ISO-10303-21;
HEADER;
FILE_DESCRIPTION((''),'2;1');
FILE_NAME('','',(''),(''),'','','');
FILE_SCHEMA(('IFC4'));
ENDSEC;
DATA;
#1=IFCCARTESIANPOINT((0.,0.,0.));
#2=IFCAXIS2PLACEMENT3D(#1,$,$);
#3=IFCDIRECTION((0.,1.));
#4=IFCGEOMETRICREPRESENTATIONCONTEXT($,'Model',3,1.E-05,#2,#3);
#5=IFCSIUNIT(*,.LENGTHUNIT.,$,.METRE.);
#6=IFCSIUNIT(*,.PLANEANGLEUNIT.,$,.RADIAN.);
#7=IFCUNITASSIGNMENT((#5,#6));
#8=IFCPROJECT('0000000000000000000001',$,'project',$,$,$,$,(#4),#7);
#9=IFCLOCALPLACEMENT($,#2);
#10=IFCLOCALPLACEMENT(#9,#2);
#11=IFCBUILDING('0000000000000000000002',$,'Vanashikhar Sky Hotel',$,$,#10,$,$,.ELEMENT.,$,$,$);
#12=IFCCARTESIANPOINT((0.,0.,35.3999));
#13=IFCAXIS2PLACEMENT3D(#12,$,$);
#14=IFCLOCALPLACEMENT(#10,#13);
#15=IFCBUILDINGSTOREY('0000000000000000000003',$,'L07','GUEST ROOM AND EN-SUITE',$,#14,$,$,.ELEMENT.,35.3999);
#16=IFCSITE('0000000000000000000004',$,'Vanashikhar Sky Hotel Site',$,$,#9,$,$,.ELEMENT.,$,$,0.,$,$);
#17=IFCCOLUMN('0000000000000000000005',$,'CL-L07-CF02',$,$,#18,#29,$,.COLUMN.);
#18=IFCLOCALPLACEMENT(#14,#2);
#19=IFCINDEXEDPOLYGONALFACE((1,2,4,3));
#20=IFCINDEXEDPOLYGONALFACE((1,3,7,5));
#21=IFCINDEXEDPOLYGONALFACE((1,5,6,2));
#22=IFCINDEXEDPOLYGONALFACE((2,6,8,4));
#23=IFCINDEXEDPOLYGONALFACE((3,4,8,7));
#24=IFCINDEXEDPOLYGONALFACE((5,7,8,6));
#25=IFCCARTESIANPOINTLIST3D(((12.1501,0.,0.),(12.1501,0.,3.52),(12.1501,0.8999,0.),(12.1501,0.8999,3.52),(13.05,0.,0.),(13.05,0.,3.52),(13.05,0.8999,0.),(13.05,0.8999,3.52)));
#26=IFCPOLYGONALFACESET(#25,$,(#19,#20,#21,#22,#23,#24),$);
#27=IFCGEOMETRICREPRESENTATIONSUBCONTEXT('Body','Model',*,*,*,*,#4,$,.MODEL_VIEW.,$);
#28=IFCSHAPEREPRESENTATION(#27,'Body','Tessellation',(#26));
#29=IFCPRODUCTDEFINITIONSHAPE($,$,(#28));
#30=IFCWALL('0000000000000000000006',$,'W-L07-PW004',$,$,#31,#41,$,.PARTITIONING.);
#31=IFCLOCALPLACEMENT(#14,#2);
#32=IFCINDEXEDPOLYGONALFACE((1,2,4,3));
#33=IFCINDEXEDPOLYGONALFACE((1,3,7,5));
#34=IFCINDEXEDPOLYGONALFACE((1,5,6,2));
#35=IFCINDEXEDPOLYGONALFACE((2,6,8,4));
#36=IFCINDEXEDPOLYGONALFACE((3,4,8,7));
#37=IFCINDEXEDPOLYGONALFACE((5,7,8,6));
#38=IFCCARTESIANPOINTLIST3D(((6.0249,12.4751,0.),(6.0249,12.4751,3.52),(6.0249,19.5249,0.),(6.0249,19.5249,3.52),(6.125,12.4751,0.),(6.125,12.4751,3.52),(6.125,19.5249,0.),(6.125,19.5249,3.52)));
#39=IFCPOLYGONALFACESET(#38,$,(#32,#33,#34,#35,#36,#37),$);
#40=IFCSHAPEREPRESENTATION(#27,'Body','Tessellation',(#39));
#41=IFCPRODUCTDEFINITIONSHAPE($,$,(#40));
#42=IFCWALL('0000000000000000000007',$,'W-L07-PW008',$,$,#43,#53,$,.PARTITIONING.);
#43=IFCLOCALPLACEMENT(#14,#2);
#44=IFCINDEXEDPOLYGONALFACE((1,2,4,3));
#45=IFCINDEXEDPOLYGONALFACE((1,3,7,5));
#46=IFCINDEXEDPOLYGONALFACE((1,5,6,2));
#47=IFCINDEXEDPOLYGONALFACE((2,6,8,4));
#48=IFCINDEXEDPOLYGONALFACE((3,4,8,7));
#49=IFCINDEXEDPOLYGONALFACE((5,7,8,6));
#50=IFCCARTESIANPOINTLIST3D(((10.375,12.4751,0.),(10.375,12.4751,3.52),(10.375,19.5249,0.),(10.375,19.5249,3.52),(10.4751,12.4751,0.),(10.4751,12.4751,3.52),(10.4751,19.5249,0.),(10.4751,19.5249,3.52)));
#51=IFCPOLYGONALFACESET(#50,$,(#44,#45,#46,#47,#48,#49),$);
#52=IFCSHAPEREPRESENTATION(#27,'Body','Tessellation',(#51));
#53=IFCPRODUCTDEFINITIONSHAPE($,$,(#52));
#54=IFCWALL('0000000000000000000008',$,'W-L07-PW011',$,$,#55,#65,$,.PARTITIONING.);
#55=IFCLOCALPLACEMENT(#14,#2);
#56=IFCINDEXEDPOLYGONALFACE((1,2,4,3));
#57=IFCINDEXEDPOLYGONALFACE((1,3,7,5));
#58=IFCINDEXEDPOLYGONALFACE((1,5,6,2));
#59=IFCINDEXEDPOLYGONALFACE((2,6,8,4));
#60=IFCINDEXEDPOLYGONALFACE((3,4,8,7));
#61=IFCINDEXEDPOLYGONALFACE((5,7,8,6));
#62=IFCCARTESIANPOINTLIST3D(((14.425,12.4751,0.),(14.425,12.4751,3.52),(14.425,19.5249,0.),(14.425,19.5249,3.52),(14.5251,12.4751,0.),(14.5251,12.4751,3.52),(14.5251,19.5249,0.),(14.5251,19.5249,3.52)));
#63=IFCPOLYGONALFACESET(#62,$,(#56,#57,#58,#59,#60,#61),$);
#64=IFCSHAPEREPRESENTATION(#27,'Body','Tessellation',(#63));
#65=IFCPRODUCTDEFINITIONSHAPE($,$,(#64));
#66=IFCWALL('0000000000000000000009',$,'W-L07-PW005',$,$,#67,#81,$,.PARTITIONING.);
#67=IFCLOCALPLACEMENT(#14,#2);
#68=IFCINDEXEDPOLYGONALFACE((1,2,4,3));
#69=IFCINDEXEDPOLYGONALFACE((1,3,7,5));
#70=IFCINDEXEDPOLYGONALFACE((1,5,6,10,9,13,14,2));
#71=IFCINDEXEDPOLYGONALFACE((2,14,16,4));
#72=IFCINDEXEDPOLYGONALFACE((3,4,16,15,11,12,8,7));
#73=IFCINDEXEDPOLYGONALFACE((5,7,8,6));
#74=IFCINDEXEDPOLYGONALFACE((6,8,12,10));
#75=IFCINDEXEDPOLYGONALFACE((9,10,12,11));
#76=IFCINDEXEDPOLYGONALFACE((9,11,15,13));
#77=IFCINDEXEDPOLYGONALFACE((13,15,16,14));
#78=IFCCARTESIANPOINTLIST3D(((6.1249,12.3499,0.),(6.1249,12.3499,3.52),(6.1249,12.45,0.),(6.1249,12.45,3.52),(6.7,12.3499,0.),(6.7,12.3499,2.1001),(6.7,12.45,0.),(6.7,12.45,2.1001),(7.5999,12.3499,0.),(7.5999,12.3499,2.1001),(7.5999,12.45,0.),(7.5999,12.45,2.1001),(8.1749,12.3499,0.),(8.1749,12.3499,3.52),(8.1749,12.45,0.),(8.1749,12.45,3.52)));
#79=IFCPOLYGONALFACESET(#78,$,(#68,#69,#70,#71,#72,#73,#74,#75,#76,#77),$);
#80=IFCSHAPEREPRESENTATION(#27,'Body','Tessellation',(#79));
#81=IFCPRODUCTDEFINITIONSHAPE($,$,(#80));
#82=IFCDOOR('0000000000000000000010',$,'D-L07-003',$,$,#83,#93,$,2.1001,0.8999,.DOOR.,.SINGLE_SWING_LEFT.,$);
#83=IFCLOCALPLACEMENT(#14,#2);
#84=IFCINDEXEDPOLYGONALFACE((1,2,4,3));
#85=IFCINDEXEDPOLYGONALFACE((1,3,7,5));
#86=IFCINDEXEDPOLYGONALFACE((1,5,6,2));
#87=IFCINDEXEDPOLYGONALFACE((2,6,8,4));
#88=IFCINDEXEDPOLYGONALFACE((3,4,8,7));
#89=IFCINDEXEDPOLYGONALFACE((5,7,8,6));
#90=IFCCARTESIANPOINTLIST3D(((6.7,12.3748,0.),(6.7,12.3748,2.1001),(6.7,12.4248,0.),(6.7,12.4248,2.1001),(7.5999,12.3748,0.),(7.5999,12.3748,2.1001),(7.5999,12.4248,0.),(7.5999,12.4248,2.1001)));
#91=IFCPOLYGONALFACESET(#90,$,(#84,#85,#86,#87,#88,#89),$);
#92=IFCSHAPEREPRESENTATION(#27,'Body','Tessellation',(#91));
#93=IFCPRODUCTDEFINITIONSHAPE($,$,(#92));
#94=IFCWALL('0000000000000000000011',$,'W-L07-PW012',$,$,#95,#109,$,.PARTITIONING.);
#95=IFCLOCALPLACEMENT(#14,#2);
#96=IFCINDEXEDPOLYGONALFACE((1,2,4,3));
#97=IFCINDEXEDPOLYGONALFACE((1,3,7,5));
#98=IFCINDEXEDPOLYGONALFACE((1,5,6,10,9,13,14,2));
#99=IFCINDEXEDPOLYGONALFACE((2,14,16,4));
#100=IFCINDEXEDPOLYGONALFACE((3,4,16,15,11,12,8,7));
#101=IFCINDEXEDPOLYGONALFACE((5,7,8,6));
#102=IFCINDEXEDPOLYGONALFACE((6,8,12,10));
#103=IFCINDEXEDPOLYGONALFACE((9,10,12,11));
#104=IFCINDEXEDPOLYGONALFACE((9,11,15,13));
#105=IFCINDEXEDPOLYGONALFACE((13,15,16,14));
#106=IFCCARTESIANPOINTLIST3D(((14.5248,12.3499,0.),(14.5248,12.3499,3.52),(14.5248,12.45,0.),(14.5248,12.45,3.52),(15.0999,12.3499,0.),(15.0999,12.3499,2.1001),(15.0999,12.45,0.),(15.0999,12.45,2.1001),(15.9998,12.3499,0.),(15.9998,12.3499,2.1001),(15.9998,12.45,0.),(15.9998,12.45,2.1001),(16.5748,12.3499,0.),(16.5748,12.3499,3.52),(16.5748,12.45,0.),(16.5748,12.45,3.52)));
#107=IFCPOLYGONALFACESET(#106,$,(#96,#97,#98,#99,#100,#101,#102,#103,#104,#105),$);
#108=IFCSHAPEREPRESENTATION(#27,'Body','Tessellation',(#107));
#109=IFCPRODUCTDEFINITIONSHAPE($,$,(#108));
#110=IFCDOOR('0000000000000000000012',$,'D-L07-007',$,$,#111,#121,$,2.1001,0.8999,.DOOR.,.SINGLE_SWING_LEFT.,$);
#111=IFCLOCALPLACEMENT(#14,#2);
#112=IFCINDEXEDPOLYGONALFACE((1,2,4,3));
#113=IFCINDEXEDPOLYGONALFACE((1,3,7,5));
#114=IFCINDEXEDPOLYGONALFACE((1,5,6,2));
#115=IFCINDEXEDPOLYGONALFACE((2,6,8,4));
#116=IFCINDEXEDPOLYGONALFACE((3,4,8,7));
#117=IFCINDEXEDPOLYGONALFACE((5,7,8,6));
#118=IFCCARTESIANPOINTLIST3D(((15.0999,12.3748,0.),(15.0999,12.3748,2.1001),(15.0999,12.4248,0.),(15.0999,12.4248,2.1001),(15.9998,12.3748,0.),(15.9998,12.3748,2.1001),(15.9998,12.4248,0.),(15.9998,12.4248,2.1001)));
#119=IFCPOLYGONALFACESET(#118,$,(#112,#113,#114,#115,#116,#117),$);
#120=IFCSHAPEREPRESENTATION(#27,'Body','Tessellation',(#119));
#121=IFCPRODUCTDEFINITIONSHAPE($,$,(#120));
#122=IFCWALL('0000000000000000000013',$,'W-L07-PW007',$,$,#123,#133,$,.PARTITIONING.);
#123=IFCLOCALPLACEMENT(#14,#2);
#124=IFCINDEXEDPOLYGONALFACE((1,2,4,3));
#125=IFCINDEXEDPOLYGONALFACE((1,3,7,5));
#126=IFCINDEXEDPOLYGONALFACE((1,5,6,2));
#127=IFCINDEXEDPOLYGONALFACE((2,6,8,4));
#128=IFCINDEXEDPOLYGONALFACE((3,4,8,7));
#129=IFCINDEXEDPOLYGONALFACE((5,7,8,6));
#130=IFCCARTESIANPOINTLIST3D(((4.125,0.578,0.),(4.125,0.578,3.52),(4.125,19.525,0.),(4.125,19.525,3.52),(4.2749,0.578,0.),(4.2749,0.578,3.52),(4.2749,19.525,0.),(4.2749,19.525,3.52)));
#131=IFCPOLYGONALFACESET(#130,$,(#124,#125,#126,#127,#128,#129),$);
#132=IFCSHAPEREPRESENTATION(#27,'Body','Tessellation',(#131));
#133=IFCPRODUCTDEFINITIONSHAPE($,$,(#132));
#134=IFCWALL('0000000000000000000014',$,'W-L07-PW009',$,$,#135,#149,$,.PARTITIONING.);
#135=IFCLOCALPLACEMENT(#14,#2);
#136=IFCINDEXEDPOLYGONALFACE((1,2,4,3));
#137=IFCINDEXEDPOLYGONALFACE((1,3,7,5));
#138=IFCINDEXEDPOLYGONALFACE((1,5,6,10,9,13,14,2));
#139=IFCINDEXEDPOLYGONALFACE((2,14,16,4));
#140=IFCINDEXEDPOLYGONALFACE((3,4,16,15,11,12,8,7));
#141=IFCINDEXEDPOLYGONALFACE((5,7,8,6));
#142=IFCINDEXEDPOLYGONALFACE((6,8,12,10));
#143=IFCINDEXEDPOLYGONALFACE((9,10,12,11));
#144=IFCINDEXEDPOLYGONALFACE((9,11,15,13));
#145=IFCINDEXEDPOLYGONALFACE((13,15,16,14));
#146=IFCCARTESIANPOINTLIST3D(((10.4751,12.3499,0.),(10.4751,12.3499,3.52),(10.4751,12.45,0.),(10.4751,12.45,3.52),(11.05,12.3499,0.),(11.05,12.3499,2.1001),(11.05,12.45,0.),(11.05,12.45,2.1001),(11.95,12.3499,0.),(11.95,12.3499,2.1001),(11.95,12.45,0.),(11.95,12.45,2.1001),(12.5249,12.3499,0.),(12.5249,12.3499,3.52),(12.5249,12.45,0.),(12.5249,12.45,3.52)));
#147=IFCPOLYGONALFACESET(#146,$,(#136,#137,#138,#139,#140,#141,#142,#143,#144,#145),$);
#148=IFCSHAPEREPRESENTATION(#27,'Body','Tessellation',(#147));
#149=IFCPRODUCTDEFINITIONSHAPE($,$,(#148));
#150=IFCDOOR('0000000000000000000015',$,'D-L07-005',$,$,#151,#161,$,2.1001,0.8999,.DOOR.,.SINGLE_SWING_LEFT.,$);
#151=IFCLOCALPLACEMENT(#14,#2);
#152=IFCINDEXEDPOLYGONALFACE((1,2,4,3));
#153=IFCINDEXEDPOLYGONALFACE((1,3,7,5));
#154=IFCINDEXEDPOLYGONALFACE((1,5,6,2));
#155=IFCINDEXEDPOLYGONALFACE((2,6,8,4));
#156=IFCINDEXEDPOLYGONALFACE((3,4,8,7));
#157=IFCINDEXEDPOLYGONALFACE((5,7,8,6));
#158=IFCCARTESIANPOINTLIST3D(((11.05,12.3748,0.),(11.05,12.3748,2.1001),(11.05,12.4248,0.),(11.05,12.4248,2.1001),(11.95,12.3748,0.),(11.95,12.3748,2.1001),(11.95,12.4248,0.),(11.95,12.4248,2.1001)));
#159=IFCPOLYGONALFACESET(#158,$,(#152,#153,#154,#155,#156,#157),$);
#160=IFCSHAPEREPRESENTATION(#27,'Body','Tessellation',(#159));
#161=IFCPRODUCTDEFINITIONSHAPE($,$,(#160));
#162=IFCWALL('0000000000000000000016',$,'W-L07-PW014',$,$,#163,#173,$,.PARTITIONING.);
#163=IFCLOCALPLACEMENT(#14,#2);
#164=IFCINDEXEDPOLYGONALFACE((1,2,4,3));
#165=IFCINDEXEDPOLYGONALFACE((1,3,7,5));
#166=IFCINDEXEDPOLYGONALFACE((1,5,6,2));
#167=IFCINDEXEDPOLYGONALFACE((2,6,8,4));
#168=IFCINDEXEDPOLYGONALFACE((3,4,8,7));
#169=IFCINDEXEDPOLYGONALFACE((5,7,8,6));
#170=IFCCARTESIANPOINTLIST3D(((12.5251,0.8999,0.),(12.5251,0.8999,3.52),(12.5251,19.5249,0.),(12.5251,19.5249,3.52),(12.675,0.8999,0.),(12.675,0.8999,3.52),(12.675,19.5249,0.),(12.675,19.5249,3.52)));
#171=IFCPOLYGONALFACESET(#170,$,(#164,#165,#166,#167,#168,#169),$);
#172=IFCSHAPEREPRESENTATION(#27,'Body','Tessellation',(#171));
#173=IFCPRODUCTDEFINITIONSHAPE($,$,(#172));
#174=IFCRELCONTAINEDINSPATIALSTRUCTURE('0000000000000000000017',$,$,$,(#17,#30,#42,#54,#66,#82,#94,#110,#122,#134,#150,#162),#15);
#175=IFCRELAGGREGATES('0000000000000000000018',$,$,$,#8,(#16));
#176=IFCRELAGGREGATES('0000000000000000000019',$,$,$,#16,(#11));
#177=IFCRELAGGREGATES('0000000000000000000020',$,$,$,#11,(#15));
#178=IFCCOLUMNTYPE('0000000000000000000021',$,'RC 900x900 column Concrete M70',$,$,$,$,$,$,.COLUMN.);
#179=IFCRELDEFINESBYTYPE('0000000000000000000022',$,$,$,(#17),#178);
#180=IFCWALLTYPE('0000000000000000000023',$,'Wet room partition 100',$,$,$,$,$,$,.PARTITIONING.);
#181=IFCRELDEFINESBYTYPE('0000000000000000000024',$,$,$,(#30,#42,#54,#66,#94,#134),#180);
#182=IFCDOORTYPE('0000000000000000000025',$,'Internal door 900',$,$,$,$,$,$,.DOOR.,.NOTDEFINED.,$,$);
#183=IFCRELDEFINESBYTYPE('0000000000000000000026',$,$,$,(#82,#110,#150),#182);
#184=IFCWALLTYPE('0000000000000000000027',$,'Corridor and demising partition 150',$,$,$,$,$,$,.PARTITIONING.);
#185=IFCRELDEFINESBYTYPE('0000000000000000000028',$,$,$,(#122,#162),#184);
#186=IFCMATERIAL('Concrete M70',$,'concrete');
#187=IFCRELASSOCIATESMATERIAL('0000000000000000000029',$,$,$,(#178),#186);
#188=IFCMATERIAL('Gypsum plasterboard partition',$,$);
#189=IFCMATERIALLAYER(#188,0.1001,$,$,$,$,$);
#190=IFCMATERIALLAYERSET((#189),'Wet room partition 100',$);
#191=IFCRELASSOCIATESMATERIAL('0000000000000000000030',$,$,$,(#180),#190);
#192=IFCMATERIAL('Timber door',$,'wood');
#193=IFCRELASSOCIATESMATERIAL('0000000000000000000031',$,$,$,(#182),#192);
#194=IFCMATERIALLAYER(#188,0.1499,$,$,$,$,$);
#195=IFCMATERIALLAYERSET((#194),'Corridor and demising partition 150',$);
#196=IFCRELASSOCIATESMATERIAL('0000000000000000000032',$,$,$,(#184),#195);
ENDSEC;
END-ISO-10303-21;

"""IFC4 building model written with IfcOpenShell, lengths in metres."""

from ifc_helpers import new_model, si_unit, direction, frame, frame_2d, origin, origin_2d, place, context, subcontext, project, spatial, rectangle, extrude, source, transform, mapped, material, layer, layer_set, material_profile, profile_set, type_object, element, fill, save


model = new_model("IFC4")

# Units and contexts
model_context = context("Model", 3, precision=1e-05, world=origin(), true_north=direction((0.0, 1.0)))
body_context = subcontext(model_context, "Body", "Model", "MODEL_VIEW")
ifc_project = project(units=[si_unit("LENGTHUNIT", "METRE"), si_unit("PLANEANGLEUNIT", "RADIAN")], contexts=[model_context])

# Site, building, storey
site_placement = place(None, origin())
site = spatial("IfcSite", under=ifc_project, at=site_placement, Name="Vanashikhar Sky Hotel Site", CompositionType="ELEMENT", RefElevation=0.0)
building_placement = place(site_placement, origin())
building = spatial("IfcBuilding", under=site, at=building_placement, Name="Vanashikhar Sky Hotel", CompositionType="ELEMENT")
storey_placement = place(building_placement, frame((0.0, 0.0, 35.3999)))
storey = spatial("IfcBuildingStorey", under=building, at=storey_placement, Name="L07", Description="GUEST ROOM AND EN-SUITE", CompositionType="ELEMENT", Elevation=35.3999)

# Column
ifc_material_1 = material(Name="Concrete M70", Category="concrete")
ifc_material_profile = material_profile(ifc_material_1, rectangle(XDim=0.8999, YDim=0.8999, at=origin_2d()))
ifc_profile_set = profile_set([ifc_material_profile], Name="RC 900x900 column Concrete M70")
column_type = type_object("IfcColumnType", Name="RC 900x900 column Concrete M70", PredefinedType="COLUMN", material=ifc_profile_set)
shared_shape_1 = source(origin(), body_context, "Body", "SweptSolid", [
    extrude(rectangle(XDim=0.8999, YDim=0.8999, at=origin_2d()), origin(), (0.0, 0.0, 1.0), 3.52),
])
column_placement = place(storey_placement, frame((12.6001, 0.45, 0.0), z_axis=(0.0, 0.0, 1.0), x_axis=(1.0, 0.0, 0.0)))
element("IfcColumn", 1, at=column_placement, inside=storey, type_object=column_type, Name="CL-L07-CF02", PredefinedType="COLUMN", context=body_context, shape_type="MappedRepresentation", body=[
    mapped(shared_shape_1, transform((0.0, 0.0, 0.0), scale=1.0)),
])

# Walls
ifc_material_2 = material(Name="Gypsum plasterboard partition")
ifc_layer_1 = layer(ifc_material_2, 0.1001)
ifc_layer_set_1 = layer_set([ifc_layer_1], Name="Wet room partition 100")
wall_type_1 = type_object("IfcWallType", Name="Wet room partition 100", PredefinedType="PARTITIONING", material=ifc_layer_set_1)
shared_shape_2 = source(origin(), body_context, "Body", "SweptSolid", [
    extrude(rectangle(XDim=7.0498, YDim=0.1001, at=frame_2d((3.5249, 0.0))), origin(), (0.0, 0.0, 1.0), 3.52),
])
for number, where, z_axis, x_axis, name in (
    (2, (6.075, 12.4751, 0.0), (0.0, 0.0, 1.0), (0.0, 1.0, 0.0), "W-L07-PW004"),
    (3, (10.425, 12.4751, 0.0), (0.0, 0.0, 1.0), (0.0, 1.0, 0.0), "W-L07-PW008"),
    (4, (14.4751, 12.4751, 0.0), (0.0, 0.0, 1.0), (0.0, 1.0, 0.0), "W-L07-PW011"),
):
    element("IfcWall", number, at=place(storey_placement, frame(where, z_axis=z_axis, x_axis=x_axis)), inside=storey, type_object=wall_type_1, Name=name, PredefinedType="PARTITIONING", context=body_context, shape_type="MappedRepresentation", body=[
        mapped(shared_shape_2, transform((0.0, 0.0, 0.0), scale=1.0)),
    ])

# Walls, openings, doors
shared_shape_3 = source(origin(), body_context, "Body", "SweptSolid", [
    extrude(rectangle(XDim=2.05, YDim=0.1001, at=frame_2d((1.0249, 0.0))), origin(), (0.0, 0.0, 1.0), 3.52),
])
wall_1_placement = place(storey_placement, frame((6.125, 12.3999, 0.0), z_axis=(0.0, 0.0, 1.0), x_axis=(1.0, 0.0, 0.0)))
wall_1 = element("IfcWall", 5, at=wall_1_placement, inside=storey, type_object=wall_type_1, Name="W-L07-PW005", PredefinedType="PARTITIONING", context=body_context, shape_type="MappedRepresentation", body=[
    mapped(shared_shape_3, transform((0.0, 0.0, 0.0), scale=1.0)),
])
shared_shape_4 = source(origin(), body_context, "Body", "SweptSolid", [
    extrude(rectangle(XDim=0.8999, YDim=2.1001, at=frame_2d((0.45, 1.05))), frame((0.0, 0.0601, 0.0), z_axis=(0.0, -1.0, 0.0), x_axis=(1.0, 0.0, 0.0)), (0.0, 0.0, 1.0), 0.1201),
])
opening_1_placement = place(wall_1_placement, frame((0.575, 0.0, 0.0)))
opening_1 = element("IfcOpeningElement", 6, at=opening_1_placement, cuts=wall_1, PredefinedType="OPENING", context=body_context, shape_type="MappedRepresentation", body=[
    mapped(shared_shape_4, transform((0.0, 0.0, 0.0), scale=1.0)),
])
ifc_material_3 = material(Name="Timber door", Category="wood")
door_type_1 = type_object("IfcDoorType", Name="Internal door 900", OperationType="NOTDEFINED", PredefinedType="DOOR", material=ifc_material_3)
shared_shape_5 = source(origin(), body_context, "Body", "SweptSolid", [
    extrude(rectangle(XDim=0.8999, YDim=2.1001, at=frame_2d((0.45, 1.05))), frame((0.0, 0.0249, 0.0), z_axis=(0.0, -1.0, 0.0), x_axis=(1.0, 0.0, 0.0)), (0.0, 0.0, 1.0), 0.05),
])
door_1_placement = place(opening_1_placement, origin())
door_1 = element("IfcDoor", 7, at=door_1_placement, inside=storey, type_object=door_type_1, Name="D-L07-003", OperationType="SINGLE_SWING_LEFT", OverallHeight=2.1001, OverallWidth=0.8999, PredefinedType="DOOR", context=body_context, shape_type="MappedRepresentation", body=[
    mapped(shared_shape_5, transform((0.0, 0.0, 0.0), scale=1.0)),
])
fill(opening_1, door_1)
wall_2_placement = place(storey_placement, frame((14.5249, 12.3999, 0.0), z_axis=(0.0, 0.0, 1.0), x_axis=(1.0, 0.0, 0.0)))
wall_2 = element("IfcWall", 8, at=wall_2_placement, inside=storey, type_object=wall_type_1, Name="W-L07-PW012", PredefinedType="PARTITIONING", context=body_context, shape_type="MappedRepresentation", body=[
    mapped(shared_shape_3, transform((0.0, 0.0, 0.0), scale=1.0)),
])
opening_2_placement = place(wall_2_placement, frame((0.575, 0.0, 0.0)))
opening_2 = element("IfcOpeningElement", 9, at=opening_2_placement, cuts=wall_2, PredefinedType="OPENING", context=body_context, shape_type="MappedRepresentation", body=[
    mapped(shared_shape_4, transform((0.0, 0.0, 0.0), scale=1.0)),
])
door_2_placement = place(opening_2_placement, origin())
door_2 = element("IfcDoor", 10, at=door_2_placement, inside=storey, type_object=door_type_1, Name="D-L07-007", OperationType="SINGLE_SWING_LEFT", OverallHeight=2.1001, OverallWidth=0.8999, PredefinedType="DOOR", context=body_context, shape_type="MappedRepresentation", body=[
    mapped(shared_shape_5, transform((0.0, 0.0, 0.0), scale=1.0)),
])
fill(opening_2, door_2)

# Wall
ifc_layer_2 = layer(ifc_material_2, 0.1499)
ifc_layer_set_2 = layer_set([ifc_layer_2], Name="Corridor and demising partition 150")
wall_type_2 = type_object("IfcWallType", Name="Corridor and demising partition 150", PredefinedType="PARTITIONING", material=ifc_layer_set_2)
shared_shape_6 = source(origin(), body_context, "Body", "SweptSolid", [
    extrude(rectangle(XDim=18.947, YDim=0.1499, at=frame_2d((9.4736, 0.0))), origin(), (0.0, 0.0, 1.0), 3.52),
])
wall_3_placement = place(storey_placement, frame((4.2, 0.5779, 0.0), z_axis=(0.0, 0.0, 1.0), x_axis=(0.0, 1.0, 0.0)))
element("IfcWall", 11, at=wall_3_placement, inside=storey, type_object=wall_type_2, Name="W-L07-PW007", PredefinedType="PARTITIONING", context=body_context, shape_type="MappedRepresentation", body=[
    mapped(shared_shape_6, transform((0.0, 0.0, 0.0), scale=1.0)),
])

# Wall, opening, door
shared_shape_7 = source(origin(), body_context, "Body", "SweptSolid", [
    extrude(rectangle(XDim=2.0498, YDim=0.1001, at=frame_2d((1.0249, 0.0))), origin(), (0.0, 0.0, 1.0), 3.52),
])
wall_4_placement = place(storey_placement, frame((10.4751, 12.3999, 0.0), z_axis=(0.0, 0.0, 1.0), x_axis=(1.0, 0.0, 0.0)))
wall_4 = element("IfcWall", 12, at=wall_4_placement, inside=storey, type_object=wall_type_1, Name="W-L07-PW009", PredefinedType="PARTITIONING", context=body_context, shape_type="MappedRepresentation", body=[
    mapped(shared_shape_7, transform((0.0, 0.0, 0.0), scale=1.0)),
])
opening_3_placement = place(wall_4_placement, frame((0.575, 0.0, 0.0)))
opening_3 = element("IfcOpeningElement", 13, at=opening_3_placement, cuts=wall_4, PredefinedType="OPENING", context=body_context, shape_type="MappedRepresentation", body=[
    mapped(shared_shape_4, transform((0.0, 0.0, 0.0), scale=1.0)),
])
door_3_placement = place(opening_3_placement, origin())
door_3 = element("IfcDoor", 14, at=door_3_placement, inside=storey, type_object=door_type_1, Name="D-L07-005", OperationType="SINGLE_SWING_LEFT", OverallHeight=2.1001, OverallWidth=0.8999, PredefinedType="DOOR", context=body_context, shape_type="MappedRepresentation", body=[
    mapped(shared_shape_5, transform((0.0, 0.0, 0.0), scale=1.0)),
])
fill(opening_3, door_3)

# Wall
shared_shape_8 = source(origin(), body_context, "Body", "SweptSolid", [
    extrude(rectangle(XDim=18.625, YDim=0.1499, at=frame_2d((9.3125, 0.0))), origin(), (0.0, 0.0, 1.0), 3.52),
])
wall_5_placement = place(storey_placement, frame((12.6001, 0.8999, 0.0), z_axis=(0.0, 0.0, 1.0), x_axis=(0.0, 1.0, 0.0)))
element("IfcWall", 15, at=wall_5_placement, inside=storey, type_object=wall_type_2, Name="W-L07-PW014", PredefinedType="PARTITIONING", context=body_context, shape_type="MappedRepresentation", body=[
    mapped(shared_shape_8, transform((0.0, 0.0, 0.0), scale=1.0)),
])

save(model, "model.ifc")
